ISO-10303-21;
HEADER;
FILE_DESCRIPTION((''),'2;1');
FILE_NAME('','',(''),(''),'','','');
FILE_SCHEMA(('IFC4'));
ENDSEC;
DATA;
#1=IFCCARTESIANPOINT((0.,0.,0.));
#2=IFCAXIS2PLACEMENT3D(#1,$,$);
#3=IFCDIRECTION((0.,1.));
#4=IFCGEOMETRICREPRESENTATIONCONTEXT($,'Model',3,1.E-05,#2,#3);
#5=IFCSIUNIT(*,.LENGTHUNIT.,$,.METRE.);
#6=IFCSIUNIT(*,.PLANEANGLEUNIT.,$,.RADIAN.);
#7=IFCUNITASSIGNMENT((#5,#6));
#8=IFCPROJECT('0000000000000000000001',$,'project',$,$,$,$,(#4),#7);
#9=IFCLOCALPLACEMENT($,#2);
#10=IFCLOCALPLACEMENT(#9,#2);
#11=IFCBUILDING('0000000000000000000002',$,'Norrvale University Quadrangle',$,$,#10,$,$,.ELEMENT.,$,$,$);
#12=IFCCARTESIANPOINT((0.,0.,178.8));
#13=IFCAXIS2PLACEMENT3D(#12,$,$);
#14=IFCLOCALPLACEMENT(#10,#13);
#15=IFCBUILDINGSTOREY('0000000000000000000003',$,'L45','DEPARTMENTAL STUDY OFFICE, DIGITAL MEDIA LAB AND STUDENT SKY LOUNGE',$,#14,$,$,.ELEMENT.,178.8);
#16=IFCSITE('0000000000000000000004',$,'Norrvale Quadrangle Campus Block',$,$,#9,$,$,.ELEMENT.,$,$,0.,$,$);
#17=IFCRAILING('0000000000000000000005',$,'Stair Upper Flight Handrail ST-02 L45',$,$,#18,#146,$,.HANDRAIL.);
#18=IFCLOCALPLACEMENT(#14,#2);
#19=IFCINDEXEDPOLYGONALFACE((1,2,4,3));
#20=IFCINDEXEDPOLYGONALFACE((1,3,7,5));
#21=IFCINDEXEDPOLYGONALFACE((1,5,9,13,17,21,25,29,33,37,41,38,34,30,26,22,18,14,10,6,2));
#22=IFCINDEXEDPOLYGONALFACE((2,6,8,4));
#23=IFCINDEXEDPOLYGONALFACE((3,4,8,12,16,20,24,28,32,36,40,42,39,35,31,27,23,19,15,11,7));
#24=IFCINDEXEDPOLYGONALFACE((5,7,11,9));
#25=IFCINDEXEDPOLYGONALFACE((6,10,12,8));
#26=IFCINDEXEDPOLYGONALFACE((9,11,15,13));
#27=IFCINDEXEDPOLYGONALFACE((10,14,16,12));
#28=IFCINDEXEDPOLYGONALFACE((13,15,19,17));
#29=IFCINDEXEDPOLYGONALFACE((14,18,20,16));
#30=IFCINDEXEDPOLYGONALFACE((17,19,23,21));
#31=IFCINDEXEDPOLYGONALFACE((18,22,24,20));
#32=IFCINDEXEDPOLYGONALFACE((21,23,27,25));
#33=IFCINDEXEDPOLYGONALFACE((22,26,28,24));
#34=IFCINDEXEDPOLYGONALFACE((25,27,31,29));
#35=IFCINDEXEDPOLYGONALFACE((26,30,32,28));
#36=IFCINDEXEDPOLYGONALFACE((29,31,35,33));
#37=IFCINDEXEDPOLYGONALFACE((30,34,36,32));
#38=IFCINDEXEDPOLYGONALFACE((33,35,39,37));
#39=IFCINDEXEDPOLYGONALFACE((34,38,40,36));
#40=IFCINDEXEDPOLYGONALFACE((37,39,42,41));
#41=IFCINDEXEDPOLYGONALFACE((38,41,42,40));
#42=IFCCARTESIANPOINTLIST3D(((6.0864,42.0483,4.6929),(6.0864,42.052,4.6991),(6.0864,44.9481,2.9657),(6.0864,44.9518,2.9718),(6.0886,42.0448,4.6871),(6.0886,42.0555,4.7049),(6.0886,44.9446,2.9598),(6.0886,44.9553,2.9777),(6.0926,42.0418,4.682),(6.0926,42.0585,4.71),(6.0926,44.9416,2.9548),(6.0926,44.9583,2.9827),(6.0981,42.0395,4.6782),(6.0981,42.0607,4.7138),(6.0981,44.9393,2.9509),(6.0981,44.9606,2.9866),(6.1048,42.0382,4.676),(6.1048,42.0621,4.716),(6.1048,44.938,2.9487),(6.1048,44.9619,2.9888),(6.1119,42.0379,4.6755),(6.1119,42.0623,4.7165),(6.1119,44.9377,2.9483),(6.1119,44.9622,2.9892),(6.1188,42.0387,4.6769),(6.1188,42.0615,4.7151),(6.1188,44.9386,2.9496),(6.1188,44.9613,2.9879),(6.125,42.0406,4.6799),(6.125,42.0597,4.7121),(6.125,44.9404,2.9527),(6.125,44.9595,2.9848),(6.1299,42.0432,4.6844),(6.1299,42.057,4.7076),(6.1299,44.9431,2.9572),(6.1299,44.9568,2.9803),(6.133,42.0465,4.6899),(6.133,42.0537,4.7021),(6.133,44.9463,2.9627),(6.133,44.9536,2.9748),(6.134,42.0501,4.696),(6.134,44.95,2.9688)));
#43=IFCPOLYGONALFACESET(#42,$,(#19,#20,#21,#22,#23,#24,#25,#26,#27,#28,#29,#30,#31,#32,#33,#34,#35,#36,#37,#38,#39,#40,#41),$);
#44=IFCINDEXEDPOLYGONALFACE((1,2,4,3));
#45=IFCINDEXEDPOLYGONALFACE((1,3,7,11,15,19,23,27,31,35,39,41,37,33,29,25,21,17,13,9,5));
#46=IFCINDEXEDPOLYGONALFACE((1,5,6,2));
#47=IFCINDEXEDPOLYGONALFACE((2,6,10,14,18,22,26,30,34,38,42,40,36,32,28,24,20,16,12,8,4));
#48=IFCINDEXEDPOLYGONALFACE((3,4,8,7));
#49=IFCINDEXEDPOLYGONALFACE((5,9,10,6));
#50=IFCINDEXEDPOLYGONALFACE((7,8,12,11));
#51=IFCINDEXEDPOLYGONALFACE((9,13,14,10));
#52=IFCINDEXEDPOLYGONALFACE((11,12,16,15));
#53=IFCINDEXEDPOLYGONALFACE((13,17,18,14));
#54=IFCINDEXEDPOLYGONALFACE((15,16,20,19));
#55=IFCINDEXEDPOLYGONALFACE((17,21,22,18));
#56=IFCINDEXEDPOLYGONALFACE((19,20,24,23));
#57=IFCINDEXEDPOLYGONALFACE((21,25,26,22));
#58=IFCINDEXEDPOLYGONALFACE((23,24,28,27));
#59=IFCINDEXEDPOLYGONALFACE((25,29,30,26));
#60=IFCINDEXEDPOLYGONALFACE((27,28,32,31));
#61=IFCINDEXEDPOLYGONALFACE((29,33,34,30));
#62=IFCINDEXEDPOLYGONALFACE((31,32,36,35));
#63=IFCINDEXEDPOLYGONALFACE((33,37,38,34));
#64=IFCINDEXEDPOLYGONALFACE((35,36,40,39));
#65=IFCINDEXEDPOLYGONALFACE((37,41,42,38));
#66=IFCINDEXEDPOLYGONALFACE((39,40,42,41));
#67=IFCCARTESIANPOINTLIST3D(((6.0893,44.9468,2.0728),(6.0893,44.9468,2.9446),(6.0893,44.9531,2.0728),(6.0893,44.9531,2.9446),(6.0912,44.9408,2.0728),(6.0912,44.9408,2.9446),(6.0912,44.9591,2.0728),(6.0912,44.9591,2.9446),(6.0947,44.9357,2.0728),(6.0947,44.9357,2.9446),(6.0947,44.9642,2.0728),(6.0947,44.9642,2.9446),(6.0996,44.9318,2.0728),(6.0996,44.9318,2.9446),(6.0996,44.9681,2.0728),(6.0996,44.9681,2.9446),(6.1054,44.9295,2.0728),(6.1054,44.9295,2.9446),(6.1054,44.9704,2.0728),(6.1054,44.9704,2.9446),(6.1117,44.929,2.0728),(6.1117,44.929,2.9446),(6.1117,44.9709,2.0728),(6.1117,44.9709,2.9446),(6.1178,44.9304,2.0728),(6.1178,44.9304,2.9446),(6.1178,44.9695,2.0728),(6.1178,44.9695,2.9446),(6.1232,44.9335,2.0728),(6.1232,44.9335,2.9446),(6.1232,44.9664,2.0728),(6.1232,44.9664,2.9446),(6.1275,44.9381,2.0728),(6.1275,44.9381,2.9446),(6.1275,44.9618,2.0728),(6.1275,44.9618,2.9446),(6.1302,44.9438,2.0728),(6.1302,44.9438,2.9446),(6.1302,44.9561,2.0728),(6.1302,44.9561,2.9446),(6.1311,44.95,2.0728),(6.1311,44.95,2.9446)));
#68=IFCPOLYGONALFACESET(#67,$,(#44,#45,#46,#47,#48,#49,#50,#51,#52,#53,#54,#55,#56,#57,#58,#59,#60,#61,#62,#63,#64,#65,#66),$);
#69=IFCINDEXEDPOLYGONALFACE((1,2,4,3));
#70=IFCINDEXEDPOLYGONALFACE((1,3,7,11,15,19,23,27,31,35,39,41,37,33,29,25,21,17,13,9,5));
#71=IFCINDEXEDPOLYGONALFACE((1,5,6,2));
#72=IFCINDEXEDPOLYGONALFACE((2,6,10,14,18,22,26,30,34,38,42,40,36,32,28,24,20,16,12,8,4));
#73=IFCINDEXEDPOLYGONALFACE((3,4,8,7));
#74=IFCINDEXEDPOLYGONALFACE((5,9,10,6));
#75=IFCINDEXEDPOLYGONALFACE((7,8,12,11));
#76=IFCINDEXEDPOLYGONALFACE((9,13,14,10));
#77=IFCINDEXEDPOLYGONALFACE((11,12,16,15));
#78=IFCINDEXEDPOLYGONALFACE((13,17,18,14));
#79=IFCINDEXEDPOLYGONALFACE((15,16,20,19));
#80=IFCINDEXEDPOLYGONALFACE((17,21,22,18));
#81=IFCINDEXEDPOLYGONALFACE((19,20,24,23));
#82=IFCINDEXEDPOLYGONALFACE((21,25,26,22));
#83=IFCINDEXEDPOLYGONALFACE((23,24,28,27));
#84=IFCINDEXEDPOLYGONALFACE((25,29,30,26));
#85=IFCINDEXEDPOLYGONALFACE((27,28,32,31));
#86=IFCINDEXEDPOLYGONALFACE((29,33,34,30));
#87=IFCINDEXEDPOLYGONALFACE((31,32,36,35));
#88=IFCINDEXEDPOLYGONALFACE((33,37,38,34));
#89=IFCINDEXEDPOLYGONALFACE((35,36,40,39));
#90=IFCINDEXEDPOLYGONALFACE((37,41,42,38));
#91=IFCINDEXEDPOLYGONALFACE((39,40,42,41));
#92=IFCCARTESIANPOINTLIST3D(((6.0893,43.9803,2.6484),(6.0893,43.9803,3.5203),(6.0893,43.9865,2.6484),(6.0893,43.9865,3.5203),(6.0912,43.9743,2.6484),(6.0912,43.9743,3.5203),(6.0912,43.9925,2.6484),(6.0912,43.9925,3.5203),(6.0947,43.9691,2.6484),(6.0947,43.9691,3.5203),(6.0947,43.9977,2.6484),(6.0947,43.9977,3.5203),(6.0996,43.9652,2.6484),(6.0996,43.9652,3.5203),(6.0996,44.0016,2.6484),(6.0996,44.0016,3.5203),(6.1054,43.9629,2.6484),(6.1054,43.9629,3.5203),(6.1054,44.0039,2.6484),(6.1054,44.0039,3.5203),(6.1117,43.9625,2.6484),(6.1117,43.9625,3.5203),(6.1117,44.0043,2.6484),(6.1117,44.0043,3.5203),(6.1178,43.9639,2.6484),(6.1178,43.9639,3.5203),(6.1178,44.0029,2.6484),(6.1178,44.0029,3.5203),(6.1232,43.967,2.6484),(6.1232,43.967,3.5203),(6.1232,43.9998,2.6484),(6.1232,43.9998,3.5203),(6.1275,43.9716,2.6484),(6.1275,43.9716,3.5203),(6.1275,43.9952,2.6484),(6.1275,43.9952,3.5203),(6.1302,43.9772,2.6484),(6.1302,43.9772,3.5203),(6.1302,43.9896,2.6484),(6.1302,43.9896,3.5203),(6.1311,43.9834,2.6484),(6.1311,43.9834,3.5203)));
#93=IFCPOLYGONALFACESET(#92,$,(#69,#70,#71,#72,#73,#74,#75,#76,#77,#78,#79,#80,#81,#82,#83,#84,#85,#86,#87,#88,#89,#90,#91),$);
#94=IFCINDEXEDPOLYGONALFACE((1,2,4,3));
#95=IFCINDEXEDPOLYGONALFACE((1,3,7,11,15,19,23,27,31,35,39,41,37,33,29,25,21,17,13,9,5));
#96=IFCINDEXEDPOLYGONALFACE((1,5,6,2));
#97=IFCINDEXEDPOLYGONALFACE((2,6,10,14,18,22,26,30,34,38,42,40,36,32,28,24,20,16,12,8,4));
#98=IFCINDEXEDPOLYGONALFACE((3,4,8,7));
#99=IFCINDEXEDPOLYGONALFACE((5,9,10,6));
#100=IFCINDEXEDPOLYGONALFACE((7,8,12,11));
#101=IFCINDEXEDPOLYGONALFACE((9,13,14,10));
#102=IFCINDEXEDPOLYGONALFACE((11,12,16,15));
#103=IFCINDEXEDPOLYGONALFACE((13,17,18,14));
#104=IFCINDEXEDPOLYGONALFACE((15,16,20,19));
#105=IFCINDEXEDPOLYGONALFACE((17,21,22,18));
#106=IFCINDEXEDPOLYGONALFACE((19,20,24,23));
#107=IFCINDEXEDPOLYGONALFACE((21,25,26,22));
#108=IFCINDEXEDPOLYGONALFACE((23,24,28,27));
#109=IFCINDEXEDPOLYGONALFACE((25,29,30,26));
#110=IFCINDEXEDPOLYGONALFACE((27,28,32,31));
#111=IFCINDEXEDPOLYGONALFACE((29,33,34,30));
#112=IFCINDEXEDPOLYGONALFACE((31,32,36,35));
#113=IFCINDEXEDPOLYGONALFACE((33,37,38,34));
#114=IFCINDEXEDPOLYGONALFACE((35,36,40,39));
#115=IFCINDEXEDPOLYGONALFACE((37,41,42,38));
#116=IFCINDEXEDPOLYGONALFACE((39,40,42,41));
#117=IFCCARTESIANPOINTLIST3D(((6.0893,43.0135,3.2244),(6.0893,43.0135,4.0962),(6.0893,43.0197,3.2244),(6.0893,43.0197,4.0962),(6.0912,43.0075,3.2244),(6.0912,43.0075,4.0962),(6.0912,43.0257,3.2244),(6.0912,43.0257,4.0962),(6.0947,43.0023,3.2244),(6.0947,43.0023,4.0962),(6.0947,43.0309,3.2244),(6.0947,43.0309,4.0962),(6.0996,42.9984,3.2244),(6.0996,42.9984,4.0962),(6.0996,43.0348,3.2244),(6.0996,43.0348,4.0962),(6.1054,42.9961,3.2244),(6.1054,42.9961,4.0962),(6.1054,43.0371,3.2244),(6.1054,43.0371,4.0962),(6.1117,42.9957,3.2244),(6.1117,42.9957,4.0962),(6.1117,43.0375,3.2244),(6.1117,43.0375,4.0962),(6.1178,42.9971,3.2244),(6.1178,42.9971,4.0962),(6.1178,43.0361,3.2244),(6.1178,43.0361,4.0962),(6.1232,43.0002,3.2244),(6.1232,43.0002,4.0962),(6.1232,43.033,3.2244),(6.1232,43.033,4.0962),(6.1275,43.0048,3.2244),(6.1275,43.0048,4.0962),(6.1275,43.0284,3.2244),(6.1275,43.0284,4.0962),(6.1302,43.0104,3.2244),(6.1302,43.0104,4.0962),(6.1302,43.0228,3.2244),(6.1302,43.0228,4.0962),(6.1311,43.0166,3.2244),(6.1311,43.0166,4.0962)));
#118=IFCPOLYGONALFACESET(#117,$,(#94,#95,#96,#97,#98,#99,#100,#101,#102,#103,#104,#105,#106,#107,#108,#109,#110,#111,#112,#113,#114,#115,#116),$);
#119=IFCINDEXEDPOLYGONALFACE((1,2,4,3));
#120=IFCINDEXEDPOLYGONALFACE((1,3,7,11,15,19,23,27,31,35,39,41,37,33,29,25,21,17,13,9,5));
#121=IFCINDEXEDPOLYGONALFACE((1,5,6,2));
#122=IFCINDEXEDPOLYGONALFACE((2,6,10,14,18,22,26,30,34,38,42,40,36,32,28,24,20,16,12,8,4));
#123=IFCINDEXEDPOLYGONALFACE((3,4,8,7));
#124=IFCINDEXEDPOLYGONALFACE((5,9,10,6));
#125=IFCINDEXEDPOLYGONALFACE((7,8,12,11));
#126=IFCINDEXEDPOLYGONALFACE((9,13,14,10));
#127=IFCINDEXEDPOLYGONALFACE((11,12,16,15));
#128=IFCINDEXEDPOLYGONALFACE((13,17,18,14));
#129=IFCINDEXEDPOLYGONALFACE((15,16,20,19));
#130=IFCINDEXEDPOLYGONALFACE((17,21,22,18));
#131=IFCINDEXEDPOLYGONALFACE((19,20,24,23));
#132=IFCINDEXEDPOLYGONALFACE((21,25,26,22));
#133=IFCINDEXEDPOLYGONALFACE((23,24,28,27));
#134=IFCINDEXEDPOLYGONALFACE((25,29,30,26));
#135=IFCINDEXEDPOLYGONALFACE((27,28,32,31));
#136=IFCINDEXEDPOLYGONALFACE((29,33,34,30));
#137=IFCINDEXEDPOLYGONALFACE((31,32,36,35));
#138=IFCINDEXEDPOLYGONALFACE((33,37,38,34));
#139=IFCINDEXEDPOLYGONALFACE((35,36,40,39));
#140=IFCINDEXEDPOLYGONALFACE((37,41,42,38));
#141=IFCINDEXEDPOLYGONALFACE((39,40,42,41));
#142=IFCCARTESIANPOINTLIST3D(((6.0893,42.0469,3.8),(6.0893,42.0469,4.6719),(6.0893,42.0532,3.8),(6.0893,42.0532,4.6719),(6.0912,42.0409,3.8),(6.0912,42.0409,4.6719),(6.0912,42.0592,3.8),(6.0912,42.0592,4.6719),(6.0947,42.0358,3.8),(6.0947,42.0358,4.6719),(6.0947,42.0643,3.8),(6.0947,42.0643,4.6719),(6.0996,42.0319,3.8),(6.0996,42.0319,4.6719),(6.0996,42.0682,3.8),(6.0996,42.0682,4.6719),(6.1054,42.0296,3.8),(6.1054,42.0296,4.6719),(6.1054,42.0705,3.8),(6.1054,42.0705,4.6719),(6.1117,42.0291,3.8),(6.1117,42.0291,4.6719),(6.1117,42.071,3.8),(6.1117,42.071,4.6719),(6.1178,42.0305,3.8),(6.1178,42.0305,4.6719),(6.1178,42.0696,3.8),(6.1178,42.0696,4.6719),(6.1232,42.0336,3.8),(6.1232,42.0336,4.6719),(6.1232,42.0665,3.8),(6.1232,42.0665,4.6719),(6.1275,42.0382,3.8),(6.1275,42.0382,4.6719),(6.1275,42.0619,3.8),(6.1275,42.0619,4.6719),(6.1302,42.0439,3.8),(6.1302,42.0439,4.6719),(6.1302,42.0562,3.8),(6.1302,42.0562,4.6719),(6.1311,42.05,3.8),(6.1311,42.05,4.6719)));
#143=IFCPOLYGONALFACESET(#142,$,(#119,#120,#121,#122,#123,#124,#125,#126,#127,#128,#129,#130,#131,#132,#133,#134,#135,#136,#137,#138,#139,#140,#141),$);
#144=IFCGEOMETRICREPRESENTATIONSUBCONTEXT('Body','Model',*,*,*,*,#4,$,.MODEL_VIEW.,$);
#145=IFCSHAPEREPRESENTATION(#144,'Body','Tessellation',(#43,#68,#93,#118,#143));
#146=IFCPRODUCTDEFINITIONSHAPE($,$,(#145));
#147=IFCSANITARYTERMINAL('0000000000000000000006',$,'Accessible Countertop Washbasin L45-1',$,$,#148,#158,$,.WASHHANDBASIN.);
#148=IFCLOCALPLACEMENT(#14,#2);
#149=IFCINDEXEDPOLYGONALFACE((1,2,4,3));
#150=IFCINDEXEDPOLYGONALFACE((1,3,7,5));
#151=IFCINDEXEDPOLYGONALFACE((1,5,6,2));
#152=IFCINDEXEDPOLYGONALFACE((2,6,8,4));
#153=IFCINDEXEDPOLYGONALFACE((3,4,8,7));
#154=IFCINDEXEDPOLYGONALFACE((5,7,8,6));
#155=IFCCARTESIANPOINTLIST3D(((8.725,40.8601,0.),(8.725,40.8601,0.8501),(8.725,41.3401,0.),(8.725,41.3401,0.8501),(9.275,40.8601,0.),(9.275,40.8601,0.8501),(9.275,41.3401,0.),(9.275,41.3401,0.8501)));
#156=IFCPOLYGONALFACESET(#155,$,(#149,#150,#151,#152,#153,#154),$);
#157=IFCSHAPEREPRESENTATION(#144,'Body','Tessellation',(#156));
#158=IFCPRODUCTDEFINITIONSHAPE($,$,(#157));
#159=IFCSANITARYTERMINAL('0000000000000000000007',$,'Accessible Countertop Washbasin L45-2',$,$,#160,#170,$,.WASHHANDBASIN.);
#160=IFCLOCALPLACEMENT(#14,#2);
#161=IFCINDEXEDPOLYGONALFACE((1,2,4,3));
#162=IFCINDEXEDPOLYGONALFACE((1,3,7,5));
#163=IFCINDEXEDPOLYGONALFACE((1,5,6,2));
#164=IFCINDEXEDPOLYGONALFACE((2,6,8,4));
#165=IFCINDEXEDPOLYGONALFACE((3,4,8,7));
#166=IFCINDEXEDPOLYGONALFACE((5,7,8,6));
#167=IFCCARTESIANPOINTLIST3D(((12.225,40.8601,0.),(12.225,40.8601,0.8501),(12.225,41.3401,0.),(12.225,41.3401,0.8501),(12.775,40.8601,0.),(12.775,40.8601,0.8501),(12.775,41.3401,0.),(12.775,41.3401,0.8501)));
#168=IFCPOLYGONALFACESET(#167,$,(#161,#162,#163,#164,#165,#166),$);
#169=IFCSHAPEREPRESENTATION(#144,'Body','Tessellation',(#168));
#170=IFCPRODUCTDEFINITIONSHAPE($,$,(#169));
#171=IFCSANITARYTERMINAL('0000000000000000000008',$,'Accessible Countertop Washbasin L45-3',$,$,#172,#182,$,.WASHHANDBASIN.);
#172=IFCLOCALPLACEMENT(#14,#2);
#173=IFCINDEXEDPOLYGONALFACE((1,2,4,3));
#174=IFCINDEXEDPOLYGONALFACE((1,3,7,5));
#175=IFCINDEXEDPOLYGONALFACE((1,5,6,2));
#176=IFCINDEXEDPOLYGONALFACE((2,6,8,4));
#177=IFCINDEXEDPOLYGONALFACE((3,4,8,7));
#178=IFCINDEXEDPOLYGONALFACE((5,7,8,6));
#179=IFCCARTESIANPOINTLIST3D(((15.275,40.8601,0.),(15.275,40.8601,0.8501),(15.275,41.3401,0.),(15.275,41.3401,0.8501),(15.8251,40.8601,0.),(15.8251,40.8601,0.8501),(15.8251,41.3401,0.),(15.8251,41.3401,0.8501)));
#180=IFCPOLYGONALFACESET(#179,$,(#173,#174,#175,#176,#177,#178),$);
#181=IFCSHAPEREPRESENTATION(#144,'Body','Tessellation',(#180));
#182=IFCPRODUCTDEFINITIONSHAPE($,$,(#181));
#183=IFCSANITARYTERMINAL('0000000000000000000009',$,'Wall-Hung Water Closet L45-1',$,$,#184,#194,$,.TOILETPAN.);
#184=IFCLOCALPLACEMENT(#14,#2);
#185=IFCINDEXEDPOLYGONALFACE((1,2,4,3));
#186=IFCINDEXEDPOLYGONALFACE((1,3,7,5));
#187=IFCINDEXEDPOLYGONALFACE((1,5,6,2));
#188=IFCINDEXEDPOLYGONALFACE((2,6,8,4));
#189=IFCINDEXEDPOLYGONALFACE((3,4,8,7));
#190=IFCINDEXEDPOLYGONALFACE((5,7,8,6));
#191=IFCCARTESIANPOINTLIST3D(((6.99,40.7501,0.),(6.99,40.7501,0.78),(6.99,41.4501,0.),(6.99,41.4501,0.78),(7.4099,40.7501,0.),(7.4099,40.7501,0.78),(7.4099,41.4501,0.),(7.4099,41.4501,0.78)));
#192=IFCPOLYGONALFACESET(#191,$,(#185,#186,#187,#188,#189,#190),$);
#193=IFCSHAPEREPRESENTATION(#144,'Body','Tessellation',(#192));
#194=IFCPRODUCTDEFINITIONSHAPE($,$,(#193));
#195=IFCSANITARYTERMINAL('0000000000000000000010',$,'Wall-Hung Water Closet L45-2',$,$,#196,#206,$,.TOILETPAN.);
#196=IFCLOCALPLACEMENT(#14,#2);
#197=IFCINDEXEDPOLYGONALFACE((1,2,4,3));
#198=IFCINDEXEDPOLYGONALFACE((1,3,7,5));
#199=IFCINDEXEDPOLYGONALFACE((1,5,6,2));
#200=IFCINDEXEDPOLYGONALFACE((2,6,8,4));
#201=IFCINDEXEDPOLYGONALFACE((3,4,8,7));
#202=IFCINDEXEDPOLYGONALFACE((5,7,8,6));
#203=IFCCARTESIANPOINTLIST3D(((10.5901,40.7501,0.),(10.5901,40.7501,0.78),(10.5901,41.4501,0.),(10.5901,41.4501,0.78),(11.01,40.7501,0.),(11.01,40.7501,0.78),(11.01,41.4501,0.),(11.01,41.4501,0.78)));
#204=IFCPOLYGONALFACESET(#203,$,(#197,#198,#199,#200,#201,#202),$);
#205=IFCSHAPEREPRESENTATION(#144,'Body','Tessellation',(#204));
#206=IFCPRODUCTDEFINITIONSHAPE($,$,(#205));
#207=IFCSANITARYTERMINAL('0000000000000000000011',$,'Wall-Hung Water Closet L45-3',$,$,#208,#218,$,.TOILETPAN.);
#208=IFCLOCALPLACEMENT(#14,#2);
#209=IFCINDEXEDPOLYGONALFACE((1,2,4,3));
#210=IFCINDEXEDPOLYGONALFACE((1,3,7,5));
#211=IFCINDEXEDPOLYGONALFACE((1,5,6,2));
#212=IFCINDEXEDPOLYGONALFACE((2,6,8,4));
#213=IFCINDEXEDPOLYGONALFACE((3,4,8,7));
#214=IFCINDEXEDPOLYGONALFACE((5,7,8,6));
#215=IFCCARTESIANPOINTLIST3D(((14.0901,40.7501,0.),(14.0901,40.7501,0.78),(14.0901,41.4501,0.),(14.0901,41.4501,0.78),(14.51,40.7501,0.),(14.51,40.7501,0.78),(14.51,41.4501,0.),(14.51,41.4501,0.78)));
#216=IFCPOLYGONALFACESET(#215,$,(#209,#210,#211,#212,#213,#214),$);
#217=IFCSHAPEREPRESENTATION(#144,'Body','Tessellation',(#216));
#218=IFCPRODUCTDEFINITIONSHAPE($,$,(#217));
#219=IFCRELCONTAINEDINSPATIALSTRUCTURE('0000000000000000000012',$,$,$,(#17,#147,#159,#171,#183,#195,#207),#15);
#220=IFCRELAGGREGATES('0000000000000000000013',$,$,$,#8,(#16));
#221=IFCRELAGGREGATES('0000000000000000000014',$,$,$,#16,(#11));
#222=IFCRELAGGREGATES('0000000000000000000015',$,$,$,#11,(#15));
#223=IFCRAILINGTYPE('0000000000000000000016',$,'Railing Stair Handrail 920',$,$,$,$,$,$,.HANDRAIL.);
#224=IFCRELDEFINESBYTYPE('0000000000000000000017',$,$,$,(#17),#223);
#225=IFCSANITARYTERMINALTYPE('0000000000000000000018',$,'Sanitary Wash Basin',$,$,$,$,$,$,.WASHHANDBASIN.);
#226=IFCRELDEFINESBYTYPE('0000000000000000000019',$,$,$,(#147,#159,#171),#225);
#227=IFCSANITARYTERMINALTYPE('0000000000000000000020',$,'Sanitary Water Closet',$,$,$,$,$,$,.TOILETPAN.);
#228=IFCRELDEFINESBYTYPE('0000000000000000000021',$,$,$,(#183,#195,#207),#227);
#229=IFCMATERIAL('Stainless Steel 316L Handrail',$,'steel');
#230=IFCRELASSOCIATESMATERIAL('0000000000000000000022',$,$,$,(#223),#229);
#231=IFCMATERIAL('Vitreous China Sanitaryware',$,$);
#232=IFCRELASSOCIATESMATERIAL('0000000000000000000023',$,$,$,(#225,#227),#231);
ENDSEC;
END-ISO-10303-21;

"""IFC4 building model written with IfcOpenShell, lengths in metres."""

from ifc_helpers import new_model, si_unit, direction, frame, origin, origin_2d, place, context, subcontext, project, spatial, rectangle, circle, extrude, material, type_object, element, save


model = new_model("IFC4")

# Units and contexts
model_context = context("Model", 3, precision=1e-05, world=origin(), true_north=direction((0.0, 1.0)))
body_context = subcontext(model_context, "Body", "Model", "MODEL_VIEW")
ifc_project = project(units=[si_unit("LENGTHUNIT", "METRE"), si_unit("PLANEANGLEUNIT", "RADIAN")], contexts=[model_context])

# Site, building, storey
site_placement = place(None, origin())
site = spatial("IfcSite", under=ifc_project, at=site_placement, Name="Norrvale Quadrangle Campus Block", CompositionType="ELEMENT", RefElevation=0.0)
building_placement = place(site_placement, origin())
building = spatial("IfcBuilding", under=site, at=building_placement, Name="Norrvale University Quadrangle", CompositionType="ELEMENT")
storey_placement = place(building_placement, frame((0.0, 0.0, 178.8)))
storey = spatial("IfcBuildingStorey", under=building, at=storey_placement, Name="L45", Description="DEPARTMENTAL STUDY OFFICE, DIGITAL MEDIA LAB AND STUDENT SKY LOUNGE", CompositionType="ELEMENT", Elevation=178.8)

# Railing
ifc_material_1 = material(Name="Stainless Steel 316L Handrail", Category="steel")
railing_type_1 = type_object("IfcRailingType", Name="Railing Stair Handrail 920", PredefinedType="HANDRAIL", material=ifc_material_1)
railing_1_placement = place(storey_placement, frame((6.1101, 44.95, 2.0728)))
element("IfcRailing", 1, at=railing_1_placement, inside=storey, type_object=railing_type_1, Name="Stair Upper Flight Handrail ST-02 L45", PredefinedType="HANDRAIL", context=body_context, shape_type="SweptSolid", body=[
    extrude(circle(Radius=0.0239, at=origin_2d()), frame((0.0, 0.0, 0.896), z_axis=(0.0, -0.859141, 0.511738), x_axis=(1.0, 0.0, 0.0)), (0.0, 0.0, 1.0), 3.3752),
    extrude(circle(Radius=0.021, at=origin_2d()), origin(), (0.0, 0.0, 1.0), 0.8718),
    extrude(circle(Radius=0.021, at=origin_2d()), frame((0.0, -0.9666, 0.5757)), (0.0, 0.0, 1.0), 0.8718),
    extrude(circle(Radius=0.021, at=origin_2d()), frame((0.0, -1.9333, 1.1516)), (0.0, 0.0, 1.0), 0.8718),
    extrude(circle(Radius=0.021, at=origin_2d()), frame((0.0, -2.8999, 1.7273)), (0.0, 0.0, 1.0), 0.8718),
])

# Sanitary terminals
ifc_material_2 = material(Name="Vitreous China Sanitaryware")
sanitary_terminal_type_1 = type_object("IfcSanitaryTerminalType", Name="Sanitary Wash Basin", PredefinedType="WASHHANDBASIN", material=ifc_material_2)
for number, where, z_axis, x_axis, name in (
    (2, (9.0, 41.1001, 0.0), (0.0, 0.0, 1.0), (1.0, 0.0, 0.0), "Accessible Countertop Washbasin L45-1"),
    (3, (12.5, 41.1001, 0.0), (0.0, 0.0, 1.0), (1.0, 0.0, 0.0), "Accessible Countertop Washbasin L45-2"),
    (4, (15.55, 41.1001, 0.0), (0.0, 0.0, 1.0), (1.0, 0.0, 0.0), "Accessible Countertop Washbasin L45-3"),
):
    element("IfcSanitaryTerminal", number, at=place(storey_placement, frame(where, z_axis=z_axis, x_axis=x_axis)), inside=storey, type_object=sanitary_terminal_type_1, Name=name, PredefinedType="WASHHANDBASIN", context=body_context, shape_type="SweptSolid", body=[
        extrude(rectangle(XDim=0.55, YDim=0.48, at=origin_2d()), origin(), (0.0, 0.0, 1.0), 0.8501),
    ])
sanitary_terminal_type_2 = type_object("IfcSanitaryTerminalType", Name="Sanitary Water Closet", PredefinedType="TOILETPAN", material=ifc_material_2)
for number, where, z_axis, x_axis, name in (
    (5, (7.2, 41.1001, 0.0), (0.0, 0.0, 1.0), (1.0, 0.0, 0.0), "Wall-Hung Water Closet L45-1"),
    (6, (10.8, 41.1001, 0.0), (0.0, 0.0, 1.0), (1.0, 0.0, 0.0), "Wall-Hung Water Closet L45-2"),
    (7, (14.3, 41.1001, 0.0), (0.0, 0.0, 1.0), (1.0, 0.0, 0.0), "Wall-Hung Water Closet L45-3"),
):
    element("IfcSanitaryTerminal", number, at=place(storey_placement, frame(where, z_axis=z_axis, x_axis=x_axis)), inside=storey, type_object=sanitary_terminal_type_2, Name=name, PredefinedType="TOILETPAN", context=body_context, shape_type="SweptSolid", body=[
        extrude(rectangle(XDim=0.4199, YDim=0.7, at=origin_2d()), origin(), (0.0, 0.0, 1.0), 0.78),
    ])

save(model, "model.ifc")
